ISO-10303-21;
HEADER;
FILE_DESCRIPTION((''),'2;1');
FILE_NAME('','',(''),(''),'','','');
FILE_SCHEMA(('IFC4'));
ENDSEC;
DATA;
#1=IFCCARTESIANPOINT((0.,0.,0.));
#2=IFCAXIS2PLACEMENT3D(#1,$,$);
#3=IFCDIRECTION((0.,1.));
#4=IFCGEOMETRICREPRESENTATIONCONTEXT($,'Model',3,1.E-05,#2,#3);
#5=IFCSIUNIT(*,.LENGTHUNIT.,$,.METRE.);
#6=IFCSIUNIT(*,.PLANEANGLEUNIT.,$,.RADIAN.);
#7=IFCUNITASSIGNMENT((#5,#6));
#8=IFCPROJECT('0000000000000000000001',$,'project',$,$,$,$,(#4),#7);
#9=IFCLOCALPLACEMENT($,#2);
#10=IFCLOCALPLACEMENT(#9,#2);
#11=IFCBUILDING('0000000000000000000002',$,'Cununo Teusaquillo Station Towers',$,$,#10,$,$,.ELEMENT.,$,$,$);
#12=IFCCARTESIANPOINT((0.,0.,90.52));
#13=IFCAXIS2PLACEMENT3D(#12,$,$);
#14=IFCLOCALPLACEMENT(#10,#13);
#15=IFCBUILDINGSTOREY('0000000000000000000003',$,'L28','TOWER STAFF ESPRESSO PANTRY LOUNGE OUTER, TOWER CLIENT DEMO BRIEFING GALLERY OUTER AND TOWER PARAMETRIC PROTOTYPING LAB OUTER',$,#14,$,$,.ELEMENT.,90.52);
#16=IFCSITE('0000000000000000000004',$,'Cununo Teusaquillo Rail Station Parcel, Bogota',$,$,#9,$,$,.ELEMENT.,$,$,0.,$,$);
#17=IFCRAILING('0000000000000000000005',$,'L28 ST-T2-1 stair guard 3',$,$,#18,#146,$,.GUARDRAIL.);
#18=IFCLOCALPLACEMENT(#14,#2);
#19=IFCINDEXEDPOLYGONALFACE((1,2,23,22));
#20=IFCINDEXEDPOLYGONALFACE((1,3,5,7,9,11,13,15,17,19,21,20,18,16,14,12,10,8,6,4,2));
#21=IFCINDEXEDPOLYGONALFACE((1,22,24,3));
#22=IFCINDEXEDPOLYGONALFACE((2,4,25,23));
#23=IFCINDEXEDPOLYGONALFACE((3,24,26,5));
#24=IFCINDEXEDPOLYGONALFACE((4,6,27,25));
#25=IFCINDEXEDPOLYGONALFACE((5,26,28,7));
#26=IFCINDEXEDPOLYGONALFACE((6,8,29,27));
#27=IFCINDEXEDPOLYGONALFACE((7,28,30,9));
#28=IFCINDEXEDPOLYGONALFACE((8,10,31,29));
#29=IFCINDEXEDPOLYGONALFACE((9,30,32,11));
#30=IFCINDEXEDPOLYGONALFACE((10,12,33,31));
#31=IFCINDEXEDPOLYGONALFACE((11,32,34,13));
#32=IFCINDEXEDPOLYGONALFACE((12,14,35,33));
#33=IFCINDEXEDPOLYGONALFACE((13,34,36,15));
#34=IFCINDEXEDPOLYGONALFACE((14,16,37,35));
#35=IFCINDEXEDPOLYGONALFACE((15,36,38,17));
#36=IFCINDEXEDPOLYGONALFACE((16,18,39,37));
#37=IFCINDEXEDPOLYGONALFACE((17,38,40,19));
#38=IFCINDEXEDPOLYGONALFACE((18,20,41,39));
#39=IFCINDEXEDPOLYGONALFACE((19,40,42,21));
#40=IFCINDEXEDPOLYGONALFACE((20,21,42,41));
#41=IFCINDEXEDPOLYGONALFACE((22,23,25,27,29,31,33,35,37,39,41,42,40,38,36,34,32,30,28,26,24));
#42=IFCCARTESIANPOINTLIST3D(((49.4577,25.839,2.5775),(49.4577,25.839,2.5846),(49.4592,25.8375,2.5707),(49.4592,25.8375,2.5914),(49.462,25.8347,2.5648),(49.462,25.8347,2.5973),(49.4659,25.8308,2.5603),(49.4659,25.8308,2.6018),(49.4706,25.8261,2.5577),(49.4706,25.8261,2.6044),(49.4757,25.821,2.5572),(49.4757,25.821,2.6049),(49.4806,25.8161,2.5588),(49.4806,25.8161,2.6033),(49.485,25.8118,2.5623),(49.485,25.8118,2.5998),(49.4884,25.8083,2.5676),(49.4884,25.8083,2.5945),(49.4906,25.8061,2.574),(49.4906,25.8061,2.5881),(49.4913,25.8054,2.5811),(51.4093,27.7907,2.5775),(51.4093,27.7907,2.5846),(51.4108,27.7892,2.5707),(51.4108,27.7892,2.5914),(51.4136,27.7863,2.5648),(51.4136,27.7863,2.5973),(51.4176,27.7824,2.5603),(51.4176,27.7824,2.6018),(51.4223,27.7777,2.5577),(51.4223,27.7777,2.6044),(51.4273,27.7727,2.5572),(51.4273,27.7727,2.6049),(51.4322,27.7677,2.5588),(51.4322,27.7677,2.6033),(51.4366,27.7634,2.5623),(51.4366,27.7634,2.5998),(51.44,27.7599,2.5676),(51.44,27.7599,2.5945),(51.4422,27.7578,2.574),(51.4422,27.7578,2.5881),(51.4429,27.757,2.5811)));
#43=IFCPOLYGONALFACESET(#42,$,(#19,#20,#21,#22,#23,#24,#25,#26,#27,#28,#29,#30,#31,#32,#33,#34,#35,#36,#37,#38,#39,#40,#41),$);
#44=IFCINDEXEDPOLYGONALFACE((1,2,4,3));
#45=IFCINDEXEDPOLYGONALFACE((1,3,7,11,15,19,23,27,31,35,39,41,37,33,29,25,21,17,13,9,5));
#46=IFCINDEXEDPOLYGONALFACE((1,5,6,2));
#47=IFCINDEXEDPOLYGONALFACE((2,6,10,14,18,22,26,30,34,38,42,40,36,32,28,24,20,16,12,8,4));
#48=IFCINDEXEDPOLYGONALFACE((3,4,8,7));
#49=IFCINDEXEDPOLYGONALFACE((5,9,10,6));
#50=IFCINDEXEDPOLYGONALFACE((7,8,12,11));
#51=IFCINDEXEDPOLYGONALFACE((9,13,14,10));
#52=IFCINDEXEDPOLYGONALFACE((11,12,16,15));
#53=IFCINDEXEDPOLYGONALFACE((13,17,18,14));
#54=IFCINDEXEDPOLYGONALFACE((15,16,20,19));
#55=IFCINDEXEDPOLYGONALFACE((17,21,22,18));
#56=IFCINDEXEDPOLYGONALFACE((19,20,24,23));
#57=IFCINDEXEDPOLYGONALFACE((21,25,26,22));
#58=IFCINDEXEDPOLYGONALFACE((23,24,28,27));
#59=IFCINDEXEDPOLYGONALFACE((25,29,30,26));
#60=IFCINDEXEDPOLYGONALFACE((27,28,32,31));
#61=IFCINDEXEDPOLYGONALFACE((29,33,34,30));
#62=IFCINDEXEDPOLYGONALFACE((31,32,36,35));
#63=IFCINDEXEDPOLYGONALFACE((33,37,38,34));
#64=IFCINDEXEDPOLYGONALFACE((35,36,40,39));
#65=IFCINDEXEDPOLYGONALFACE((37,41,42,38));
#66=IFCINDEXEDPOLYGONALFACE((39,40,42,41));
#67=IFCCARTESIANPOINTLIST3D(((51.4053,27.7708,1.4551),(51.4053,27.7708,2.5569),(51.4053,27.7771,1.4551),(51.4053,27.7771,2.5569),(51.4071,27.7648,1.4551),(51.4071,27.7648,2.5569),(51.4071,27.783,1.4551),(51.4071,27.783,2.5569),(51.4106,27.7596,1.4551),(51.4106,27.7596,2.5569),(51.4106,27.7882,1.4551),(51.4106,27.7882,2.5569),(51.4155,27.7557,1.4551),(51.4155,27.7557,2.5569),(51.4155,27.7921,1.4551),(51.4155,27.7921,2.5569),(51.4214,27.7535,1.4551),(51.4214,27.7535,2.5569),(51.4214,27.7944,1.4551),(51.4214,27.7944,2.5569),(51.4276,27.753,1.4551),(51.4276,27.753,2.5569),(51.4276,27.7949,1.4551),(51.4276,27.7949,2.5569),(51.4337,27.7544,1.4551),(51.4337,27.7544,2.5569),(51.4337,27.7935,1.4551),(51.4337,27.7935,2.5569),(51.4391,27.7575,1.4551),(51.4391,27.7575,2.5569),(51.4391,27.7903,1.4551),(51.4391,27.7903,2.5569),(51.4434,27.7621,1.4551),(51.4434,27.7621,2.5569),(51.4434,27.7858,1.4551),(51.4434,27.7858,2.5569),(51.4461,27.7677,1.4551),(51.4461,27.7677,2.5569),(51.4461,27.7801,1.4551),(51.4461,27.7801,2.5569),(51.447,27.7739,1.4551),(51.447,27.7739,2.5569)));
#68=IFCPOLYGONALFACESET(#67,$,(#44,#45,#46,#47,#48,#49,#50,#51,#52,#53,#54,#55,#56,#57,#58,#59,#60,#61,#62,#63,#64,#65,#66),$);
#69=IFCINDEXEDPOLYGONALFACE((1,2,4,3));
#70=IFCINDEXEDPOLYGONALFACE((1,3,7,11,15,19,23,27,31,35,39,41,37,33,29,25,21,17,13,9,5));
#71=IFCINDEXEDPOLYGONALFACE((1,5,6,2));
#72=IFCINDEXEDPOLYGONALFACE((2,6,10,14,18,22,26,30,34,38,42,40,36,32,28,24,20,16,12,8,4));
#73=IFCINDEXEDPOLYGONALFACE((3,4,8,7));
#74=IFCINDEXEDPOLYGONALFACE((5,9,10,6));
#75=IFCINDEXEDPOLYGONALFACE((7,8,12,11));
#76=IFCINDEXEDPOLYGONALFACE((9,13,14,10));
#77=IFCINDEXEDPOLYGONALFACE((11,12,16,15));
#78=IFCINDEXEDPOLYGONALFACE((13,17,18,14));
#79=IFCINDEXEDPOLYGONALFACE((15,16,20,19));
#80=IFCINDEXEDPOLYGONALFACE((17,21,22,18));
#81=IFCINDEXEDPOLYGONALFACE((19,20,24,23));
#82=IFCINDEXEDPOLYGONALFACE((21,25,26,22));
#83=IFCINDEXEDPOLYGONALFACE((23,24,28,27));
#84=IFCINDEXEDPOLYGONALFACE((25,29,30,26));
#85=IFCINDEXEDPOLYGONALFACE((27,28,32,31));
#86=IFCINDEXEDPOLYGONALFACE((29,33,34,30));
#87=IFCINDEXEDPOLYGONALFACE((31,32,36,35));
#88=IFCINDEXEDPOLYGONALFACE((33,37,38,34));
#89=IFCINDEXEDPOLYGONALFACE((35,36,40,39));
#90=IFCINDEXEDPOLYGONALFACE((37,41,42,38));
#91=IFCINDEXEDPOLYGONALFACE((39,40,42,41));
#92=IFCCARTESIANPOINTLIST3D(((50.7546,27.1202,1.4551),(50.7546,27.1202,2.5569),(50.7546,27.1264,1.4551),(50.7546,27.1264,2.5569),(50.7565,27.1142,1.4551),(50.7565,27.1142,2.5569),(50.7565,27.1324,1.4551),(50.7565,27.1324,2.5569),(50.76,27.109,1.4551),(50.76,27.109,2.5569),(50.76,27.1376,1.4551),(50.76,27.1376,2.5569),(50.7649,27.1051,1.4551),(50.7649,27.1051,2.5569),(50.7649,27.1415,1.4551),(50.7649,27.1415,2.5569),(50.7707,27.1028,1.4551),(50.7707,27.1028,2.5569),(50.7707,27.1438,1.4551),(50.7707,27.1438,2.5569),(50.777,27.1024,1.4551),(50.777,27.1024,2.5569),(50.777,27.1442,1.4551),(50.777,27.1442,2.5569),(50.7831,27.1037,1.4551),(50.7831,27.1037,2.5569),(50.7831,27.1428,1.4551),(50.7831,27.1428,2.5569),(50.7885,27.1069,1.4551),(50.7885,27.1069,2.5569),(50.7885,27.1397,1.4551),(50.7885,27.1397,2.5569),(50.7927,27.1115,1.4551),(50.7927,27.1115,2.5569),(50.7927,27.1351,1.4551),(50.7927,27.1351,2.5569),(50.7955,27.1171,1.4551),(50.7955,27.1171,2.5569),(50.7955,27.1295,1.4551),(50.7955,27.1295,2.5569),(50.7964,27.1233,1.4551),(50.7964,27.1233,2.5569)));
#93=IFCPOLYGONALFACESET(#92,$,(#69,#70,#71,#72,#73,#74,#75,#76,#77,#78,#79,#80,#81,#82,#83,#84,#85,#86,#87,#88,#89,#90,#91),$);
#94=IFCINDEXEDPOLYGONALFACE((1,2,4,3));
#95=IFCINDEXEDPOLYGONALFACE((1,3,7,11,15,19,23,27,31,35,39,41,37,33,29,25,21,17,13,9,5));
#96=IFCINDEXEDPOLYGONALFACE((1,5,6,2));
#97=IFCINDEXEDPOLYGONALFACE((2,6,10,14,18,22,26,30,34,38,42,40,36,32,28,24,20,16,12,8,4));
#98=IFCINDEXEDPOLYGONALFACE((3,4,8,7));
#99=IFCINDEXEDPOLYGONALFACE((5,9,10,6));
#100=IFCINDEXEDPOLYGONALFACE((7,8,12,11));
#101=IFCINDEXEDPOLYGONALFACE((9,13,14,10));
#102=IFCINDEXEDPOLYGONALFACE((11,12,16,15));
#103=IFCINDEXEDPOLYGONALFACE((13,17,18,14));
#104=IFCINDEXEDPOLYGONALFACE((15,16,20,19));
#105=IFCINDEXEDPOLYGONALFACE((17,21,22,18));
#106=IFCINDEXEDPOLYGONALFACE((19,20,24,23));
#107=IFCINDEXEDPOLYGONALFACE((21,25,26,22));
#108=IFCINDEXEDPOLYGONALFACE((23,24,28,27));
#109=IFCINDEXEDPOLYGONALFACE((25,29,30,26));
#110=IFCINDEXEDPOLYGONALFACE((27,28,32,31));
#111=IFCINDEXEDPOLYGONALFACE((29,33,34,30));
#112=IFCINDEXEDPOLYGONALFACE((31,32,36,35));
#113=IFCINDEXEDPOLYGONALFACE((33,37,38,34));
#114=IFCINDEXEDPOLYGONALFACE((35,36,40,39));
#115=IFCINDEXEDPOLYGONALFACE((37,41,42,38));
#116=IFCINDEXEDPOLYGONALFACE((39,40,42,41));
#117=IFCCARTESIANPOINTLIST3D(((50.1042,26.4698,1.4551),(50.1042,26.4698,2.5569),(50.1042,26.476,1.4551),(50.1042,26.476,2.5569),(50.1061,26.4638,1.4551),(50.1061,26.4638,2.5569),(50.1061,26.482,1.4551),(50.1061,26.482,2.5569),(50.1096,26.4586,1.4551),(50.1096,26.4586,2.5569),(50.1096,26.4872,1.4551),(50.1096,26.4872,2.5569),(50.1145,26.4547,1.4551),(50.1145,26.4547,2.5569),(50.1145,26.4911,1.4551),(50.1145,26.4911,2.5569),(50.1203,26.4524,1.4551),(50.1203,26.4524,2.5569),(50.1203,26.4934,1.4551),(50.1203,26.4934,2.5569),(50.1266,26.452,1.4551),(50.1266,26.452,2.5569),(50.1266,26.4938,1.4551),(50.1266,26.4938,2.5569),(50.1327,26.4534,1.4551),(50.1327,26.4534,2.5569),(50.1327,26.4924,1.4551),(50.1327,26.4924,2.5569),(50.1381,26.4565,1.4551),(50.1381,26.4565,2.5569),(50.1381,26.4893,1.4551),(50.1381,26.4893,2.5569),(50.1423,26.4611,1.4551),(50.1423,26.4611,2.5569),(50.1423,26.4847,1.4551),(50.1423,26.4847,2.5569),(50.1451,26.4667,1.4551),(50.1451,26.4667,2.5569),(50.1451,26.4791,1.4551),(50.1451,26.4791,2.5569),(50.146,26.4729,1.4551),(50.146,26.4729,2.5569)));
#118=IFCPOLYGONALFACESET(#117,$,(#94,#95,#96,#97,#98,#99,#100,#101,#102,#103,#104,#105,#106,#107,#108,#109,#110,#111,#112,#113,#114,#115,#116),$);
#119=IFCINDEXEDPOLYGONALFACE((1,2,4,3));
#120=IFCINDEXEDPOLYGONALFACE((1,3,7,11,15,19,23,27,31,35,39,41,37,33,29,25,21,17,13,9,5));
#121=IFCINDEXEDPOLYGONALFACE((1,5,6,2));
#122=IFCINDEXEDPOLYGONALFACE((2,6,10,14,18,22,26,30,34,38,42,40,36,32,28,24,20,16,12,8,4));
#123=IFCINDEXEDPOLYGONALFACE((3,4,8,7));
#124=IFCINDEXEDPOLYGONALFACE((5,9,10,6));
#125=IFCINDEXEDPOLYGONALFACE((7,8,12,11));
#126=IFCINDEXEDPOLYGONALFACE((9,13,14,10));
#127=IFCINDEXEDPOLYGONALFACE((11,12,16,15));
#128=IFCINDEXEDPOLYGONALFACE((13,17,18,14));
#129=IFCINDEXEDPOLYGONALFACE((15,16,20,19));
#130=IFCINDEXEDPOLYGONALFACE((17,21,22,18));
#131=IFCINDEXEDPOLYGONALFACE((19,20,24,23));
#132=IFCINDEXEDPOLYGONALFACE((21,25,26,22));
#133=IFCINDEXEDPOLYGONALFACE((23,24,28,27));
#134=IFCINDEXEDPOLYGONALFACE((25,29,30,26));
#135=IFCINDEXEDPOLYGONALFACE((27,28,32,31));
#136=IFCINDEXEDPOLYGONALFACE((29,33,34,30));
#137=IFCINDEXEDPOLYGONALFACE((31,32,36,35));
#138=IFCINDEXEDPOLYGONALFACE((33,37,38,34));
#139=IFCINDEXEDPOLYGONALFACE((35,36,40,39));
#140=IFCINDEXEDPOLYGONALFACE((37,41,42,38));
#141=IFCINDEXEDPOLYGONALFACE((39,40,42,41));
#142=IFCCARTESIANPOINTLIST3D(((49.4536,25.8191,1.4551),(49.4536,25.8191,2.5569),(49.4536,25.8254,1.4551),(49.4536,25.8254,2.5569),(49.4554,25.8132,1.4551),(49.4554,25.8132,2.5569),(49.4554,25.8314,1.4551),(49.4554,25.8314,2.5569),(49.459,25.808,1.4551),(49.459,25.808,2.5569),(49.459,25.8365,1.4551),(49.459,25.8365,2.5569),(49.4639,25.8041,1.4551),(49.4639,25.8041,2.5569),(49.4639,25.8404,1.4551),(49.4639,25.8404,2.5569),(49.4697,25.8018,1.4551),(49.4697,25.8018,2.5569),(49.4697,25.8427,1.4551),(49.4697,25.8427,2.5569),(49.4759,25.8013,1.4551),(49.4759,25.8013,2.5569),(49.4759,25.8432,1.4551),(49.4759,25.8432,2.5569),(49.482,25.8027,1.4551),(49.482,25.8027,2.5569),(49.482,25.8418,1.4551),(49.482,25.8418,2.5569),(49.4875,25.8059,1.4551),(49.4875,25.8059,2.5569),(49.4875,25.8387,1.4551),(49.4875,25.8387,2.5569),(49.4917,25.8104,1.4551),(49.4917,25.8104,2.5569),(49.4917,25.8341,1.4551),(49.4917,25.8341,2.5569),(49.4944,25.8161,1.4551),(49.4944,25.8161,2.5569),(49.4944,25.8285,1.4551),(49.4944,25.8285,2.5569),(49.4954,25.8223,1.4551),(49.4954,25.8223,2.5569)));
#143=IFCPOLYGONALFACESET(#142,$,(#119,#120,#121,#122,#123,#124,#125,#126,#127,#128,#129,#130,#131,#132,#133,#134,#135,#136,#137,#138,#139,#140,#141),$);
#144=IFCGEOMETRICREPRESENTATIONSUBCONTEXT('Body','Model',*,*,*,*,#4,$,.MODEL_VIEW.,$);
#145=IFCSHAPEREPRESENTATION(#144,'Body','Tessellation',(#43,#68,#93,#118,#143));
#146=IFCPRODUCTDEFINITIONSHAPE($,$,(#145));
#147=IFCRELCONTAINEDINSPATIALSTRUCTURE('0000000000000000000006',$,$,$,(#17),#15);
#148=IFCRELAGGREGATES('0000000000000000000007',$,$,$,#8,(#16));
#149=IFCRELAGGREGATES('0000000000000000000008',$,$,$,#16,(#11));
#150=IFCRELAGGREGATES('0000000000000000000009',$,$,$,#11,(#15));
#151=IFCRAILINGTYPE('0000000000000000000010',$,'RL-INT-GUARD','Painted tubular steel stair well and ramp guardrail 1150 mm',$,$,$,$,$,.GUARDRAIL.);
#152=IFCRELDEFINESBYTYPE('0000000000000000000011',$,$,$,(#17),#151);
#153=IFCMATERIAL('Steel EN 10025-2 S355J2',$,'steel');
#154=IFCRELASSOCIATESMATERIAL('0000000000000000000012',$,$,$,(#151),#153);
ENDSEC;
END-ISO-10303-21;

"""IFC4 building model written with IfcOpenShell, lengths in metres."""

from ifc_helpers import new_model, si_unit, direction, frame, origin, origin_2d, place, context, subcontext, project, spatial, circle, extrude, material, type_object, element, save


model = new_model("IFC4")

# Units and contexts
model_context = context("Model", 3, precision=1e-05, world=origin(), true_north=direction((0.0, 1.0)))
body_context = subcontext(model_context, "Body", "Model", "MODEL_VIEW")
ifc_project = project(units=[si_unit("LENGTHUNIT", "METRE"), si_unit("PLANEANGLEUNIT", "RADIAN")], contexts=[model_context])

# Site, building, storey
site_placement = place(None, origin())
site = spatial("IfcSite", under=ifc_project, at=site_placement, Name="Cununo Teusaquillo Rail Station Parcel, Bogota", CompositionType="ELEMENT", RefElevation=0.0)
building_placement = place(site_placement, origin())
building = spatial("IfcBuilding", under=site, at=building_placement, Name="Cununo Teusaquillo Station Towers", CompositionType="ELEMENT")
storey_placement = place(building_placement, frame((0.0, 0.0, 90.52)))
storey = spatial("IfcBuildingStorey", under=building, at=storey_placement, Name="L28", Description="TOWER STAFF ESPRESSO PANTRY LOUNGE OUTER, TOWER CLIENT DEMO BRIEFING GALLERY OUTER AND TOWER PARAMETRIC PROTOTYPING LAB OUTER", CompositionType="ELEMENT", Elevation=90.52)

# Railing
ifc_material_1 = material(Name="Steel EN 10025-2 S355J2", Category="steel")
railing_type = type_object("IfcRailingType", Name="RL-INT-GUARD", Description="Painted tubular steel stair well and ramp guardrail 1150 mm", PredefinedType="GUARDRAIL", material=ifc_material_1)
railing_1_placement = place(storey_placement, frame((51.426, 27.7739, 1.4551)))
element("IfcRailing", 1, at=railing_1_placement, inside=storey, type_object=railing_type, Name="L28 ST-T2-1 stair guard 3", PredefinedType="GUARDRAIL", context=body_context, shape_type="SweptSolid", body=[
    extrude(circle(Radius=0.0239, at=origin_2d()), frame((0.0, 0.0, 1.126), z_axis=(-0.707107, -0.707107, 0.0), x_axis=(0.707107, -0.707107, 0.0)), (0.0, 0.0, 1.0), 2.76),
    extrude(circle(Radius=0.021, at=origin_2d()), origin(), (0.0, 0.0, 1.0), 1.1018),
    extrude(circle(Radius=0.021, at=origin_2d()), frame((-0.6506, -0.6506, 0.0)), (0.0, 0.0, 1.0), 1.1018),
    extrude(circle(Radius=0.021, at=origin_2d()), frame((-1.301, -1.301, 0.0)), (0.0, 0.0, 1.0), 1.1018),
    extrude(circle(Radius=0.021, at=origin_2d()), frame((-1.9517, -1.9517, 0.0)), (0.0, 0.0, 1.0), 1.1018),
])

save(model, "model.ifc")
